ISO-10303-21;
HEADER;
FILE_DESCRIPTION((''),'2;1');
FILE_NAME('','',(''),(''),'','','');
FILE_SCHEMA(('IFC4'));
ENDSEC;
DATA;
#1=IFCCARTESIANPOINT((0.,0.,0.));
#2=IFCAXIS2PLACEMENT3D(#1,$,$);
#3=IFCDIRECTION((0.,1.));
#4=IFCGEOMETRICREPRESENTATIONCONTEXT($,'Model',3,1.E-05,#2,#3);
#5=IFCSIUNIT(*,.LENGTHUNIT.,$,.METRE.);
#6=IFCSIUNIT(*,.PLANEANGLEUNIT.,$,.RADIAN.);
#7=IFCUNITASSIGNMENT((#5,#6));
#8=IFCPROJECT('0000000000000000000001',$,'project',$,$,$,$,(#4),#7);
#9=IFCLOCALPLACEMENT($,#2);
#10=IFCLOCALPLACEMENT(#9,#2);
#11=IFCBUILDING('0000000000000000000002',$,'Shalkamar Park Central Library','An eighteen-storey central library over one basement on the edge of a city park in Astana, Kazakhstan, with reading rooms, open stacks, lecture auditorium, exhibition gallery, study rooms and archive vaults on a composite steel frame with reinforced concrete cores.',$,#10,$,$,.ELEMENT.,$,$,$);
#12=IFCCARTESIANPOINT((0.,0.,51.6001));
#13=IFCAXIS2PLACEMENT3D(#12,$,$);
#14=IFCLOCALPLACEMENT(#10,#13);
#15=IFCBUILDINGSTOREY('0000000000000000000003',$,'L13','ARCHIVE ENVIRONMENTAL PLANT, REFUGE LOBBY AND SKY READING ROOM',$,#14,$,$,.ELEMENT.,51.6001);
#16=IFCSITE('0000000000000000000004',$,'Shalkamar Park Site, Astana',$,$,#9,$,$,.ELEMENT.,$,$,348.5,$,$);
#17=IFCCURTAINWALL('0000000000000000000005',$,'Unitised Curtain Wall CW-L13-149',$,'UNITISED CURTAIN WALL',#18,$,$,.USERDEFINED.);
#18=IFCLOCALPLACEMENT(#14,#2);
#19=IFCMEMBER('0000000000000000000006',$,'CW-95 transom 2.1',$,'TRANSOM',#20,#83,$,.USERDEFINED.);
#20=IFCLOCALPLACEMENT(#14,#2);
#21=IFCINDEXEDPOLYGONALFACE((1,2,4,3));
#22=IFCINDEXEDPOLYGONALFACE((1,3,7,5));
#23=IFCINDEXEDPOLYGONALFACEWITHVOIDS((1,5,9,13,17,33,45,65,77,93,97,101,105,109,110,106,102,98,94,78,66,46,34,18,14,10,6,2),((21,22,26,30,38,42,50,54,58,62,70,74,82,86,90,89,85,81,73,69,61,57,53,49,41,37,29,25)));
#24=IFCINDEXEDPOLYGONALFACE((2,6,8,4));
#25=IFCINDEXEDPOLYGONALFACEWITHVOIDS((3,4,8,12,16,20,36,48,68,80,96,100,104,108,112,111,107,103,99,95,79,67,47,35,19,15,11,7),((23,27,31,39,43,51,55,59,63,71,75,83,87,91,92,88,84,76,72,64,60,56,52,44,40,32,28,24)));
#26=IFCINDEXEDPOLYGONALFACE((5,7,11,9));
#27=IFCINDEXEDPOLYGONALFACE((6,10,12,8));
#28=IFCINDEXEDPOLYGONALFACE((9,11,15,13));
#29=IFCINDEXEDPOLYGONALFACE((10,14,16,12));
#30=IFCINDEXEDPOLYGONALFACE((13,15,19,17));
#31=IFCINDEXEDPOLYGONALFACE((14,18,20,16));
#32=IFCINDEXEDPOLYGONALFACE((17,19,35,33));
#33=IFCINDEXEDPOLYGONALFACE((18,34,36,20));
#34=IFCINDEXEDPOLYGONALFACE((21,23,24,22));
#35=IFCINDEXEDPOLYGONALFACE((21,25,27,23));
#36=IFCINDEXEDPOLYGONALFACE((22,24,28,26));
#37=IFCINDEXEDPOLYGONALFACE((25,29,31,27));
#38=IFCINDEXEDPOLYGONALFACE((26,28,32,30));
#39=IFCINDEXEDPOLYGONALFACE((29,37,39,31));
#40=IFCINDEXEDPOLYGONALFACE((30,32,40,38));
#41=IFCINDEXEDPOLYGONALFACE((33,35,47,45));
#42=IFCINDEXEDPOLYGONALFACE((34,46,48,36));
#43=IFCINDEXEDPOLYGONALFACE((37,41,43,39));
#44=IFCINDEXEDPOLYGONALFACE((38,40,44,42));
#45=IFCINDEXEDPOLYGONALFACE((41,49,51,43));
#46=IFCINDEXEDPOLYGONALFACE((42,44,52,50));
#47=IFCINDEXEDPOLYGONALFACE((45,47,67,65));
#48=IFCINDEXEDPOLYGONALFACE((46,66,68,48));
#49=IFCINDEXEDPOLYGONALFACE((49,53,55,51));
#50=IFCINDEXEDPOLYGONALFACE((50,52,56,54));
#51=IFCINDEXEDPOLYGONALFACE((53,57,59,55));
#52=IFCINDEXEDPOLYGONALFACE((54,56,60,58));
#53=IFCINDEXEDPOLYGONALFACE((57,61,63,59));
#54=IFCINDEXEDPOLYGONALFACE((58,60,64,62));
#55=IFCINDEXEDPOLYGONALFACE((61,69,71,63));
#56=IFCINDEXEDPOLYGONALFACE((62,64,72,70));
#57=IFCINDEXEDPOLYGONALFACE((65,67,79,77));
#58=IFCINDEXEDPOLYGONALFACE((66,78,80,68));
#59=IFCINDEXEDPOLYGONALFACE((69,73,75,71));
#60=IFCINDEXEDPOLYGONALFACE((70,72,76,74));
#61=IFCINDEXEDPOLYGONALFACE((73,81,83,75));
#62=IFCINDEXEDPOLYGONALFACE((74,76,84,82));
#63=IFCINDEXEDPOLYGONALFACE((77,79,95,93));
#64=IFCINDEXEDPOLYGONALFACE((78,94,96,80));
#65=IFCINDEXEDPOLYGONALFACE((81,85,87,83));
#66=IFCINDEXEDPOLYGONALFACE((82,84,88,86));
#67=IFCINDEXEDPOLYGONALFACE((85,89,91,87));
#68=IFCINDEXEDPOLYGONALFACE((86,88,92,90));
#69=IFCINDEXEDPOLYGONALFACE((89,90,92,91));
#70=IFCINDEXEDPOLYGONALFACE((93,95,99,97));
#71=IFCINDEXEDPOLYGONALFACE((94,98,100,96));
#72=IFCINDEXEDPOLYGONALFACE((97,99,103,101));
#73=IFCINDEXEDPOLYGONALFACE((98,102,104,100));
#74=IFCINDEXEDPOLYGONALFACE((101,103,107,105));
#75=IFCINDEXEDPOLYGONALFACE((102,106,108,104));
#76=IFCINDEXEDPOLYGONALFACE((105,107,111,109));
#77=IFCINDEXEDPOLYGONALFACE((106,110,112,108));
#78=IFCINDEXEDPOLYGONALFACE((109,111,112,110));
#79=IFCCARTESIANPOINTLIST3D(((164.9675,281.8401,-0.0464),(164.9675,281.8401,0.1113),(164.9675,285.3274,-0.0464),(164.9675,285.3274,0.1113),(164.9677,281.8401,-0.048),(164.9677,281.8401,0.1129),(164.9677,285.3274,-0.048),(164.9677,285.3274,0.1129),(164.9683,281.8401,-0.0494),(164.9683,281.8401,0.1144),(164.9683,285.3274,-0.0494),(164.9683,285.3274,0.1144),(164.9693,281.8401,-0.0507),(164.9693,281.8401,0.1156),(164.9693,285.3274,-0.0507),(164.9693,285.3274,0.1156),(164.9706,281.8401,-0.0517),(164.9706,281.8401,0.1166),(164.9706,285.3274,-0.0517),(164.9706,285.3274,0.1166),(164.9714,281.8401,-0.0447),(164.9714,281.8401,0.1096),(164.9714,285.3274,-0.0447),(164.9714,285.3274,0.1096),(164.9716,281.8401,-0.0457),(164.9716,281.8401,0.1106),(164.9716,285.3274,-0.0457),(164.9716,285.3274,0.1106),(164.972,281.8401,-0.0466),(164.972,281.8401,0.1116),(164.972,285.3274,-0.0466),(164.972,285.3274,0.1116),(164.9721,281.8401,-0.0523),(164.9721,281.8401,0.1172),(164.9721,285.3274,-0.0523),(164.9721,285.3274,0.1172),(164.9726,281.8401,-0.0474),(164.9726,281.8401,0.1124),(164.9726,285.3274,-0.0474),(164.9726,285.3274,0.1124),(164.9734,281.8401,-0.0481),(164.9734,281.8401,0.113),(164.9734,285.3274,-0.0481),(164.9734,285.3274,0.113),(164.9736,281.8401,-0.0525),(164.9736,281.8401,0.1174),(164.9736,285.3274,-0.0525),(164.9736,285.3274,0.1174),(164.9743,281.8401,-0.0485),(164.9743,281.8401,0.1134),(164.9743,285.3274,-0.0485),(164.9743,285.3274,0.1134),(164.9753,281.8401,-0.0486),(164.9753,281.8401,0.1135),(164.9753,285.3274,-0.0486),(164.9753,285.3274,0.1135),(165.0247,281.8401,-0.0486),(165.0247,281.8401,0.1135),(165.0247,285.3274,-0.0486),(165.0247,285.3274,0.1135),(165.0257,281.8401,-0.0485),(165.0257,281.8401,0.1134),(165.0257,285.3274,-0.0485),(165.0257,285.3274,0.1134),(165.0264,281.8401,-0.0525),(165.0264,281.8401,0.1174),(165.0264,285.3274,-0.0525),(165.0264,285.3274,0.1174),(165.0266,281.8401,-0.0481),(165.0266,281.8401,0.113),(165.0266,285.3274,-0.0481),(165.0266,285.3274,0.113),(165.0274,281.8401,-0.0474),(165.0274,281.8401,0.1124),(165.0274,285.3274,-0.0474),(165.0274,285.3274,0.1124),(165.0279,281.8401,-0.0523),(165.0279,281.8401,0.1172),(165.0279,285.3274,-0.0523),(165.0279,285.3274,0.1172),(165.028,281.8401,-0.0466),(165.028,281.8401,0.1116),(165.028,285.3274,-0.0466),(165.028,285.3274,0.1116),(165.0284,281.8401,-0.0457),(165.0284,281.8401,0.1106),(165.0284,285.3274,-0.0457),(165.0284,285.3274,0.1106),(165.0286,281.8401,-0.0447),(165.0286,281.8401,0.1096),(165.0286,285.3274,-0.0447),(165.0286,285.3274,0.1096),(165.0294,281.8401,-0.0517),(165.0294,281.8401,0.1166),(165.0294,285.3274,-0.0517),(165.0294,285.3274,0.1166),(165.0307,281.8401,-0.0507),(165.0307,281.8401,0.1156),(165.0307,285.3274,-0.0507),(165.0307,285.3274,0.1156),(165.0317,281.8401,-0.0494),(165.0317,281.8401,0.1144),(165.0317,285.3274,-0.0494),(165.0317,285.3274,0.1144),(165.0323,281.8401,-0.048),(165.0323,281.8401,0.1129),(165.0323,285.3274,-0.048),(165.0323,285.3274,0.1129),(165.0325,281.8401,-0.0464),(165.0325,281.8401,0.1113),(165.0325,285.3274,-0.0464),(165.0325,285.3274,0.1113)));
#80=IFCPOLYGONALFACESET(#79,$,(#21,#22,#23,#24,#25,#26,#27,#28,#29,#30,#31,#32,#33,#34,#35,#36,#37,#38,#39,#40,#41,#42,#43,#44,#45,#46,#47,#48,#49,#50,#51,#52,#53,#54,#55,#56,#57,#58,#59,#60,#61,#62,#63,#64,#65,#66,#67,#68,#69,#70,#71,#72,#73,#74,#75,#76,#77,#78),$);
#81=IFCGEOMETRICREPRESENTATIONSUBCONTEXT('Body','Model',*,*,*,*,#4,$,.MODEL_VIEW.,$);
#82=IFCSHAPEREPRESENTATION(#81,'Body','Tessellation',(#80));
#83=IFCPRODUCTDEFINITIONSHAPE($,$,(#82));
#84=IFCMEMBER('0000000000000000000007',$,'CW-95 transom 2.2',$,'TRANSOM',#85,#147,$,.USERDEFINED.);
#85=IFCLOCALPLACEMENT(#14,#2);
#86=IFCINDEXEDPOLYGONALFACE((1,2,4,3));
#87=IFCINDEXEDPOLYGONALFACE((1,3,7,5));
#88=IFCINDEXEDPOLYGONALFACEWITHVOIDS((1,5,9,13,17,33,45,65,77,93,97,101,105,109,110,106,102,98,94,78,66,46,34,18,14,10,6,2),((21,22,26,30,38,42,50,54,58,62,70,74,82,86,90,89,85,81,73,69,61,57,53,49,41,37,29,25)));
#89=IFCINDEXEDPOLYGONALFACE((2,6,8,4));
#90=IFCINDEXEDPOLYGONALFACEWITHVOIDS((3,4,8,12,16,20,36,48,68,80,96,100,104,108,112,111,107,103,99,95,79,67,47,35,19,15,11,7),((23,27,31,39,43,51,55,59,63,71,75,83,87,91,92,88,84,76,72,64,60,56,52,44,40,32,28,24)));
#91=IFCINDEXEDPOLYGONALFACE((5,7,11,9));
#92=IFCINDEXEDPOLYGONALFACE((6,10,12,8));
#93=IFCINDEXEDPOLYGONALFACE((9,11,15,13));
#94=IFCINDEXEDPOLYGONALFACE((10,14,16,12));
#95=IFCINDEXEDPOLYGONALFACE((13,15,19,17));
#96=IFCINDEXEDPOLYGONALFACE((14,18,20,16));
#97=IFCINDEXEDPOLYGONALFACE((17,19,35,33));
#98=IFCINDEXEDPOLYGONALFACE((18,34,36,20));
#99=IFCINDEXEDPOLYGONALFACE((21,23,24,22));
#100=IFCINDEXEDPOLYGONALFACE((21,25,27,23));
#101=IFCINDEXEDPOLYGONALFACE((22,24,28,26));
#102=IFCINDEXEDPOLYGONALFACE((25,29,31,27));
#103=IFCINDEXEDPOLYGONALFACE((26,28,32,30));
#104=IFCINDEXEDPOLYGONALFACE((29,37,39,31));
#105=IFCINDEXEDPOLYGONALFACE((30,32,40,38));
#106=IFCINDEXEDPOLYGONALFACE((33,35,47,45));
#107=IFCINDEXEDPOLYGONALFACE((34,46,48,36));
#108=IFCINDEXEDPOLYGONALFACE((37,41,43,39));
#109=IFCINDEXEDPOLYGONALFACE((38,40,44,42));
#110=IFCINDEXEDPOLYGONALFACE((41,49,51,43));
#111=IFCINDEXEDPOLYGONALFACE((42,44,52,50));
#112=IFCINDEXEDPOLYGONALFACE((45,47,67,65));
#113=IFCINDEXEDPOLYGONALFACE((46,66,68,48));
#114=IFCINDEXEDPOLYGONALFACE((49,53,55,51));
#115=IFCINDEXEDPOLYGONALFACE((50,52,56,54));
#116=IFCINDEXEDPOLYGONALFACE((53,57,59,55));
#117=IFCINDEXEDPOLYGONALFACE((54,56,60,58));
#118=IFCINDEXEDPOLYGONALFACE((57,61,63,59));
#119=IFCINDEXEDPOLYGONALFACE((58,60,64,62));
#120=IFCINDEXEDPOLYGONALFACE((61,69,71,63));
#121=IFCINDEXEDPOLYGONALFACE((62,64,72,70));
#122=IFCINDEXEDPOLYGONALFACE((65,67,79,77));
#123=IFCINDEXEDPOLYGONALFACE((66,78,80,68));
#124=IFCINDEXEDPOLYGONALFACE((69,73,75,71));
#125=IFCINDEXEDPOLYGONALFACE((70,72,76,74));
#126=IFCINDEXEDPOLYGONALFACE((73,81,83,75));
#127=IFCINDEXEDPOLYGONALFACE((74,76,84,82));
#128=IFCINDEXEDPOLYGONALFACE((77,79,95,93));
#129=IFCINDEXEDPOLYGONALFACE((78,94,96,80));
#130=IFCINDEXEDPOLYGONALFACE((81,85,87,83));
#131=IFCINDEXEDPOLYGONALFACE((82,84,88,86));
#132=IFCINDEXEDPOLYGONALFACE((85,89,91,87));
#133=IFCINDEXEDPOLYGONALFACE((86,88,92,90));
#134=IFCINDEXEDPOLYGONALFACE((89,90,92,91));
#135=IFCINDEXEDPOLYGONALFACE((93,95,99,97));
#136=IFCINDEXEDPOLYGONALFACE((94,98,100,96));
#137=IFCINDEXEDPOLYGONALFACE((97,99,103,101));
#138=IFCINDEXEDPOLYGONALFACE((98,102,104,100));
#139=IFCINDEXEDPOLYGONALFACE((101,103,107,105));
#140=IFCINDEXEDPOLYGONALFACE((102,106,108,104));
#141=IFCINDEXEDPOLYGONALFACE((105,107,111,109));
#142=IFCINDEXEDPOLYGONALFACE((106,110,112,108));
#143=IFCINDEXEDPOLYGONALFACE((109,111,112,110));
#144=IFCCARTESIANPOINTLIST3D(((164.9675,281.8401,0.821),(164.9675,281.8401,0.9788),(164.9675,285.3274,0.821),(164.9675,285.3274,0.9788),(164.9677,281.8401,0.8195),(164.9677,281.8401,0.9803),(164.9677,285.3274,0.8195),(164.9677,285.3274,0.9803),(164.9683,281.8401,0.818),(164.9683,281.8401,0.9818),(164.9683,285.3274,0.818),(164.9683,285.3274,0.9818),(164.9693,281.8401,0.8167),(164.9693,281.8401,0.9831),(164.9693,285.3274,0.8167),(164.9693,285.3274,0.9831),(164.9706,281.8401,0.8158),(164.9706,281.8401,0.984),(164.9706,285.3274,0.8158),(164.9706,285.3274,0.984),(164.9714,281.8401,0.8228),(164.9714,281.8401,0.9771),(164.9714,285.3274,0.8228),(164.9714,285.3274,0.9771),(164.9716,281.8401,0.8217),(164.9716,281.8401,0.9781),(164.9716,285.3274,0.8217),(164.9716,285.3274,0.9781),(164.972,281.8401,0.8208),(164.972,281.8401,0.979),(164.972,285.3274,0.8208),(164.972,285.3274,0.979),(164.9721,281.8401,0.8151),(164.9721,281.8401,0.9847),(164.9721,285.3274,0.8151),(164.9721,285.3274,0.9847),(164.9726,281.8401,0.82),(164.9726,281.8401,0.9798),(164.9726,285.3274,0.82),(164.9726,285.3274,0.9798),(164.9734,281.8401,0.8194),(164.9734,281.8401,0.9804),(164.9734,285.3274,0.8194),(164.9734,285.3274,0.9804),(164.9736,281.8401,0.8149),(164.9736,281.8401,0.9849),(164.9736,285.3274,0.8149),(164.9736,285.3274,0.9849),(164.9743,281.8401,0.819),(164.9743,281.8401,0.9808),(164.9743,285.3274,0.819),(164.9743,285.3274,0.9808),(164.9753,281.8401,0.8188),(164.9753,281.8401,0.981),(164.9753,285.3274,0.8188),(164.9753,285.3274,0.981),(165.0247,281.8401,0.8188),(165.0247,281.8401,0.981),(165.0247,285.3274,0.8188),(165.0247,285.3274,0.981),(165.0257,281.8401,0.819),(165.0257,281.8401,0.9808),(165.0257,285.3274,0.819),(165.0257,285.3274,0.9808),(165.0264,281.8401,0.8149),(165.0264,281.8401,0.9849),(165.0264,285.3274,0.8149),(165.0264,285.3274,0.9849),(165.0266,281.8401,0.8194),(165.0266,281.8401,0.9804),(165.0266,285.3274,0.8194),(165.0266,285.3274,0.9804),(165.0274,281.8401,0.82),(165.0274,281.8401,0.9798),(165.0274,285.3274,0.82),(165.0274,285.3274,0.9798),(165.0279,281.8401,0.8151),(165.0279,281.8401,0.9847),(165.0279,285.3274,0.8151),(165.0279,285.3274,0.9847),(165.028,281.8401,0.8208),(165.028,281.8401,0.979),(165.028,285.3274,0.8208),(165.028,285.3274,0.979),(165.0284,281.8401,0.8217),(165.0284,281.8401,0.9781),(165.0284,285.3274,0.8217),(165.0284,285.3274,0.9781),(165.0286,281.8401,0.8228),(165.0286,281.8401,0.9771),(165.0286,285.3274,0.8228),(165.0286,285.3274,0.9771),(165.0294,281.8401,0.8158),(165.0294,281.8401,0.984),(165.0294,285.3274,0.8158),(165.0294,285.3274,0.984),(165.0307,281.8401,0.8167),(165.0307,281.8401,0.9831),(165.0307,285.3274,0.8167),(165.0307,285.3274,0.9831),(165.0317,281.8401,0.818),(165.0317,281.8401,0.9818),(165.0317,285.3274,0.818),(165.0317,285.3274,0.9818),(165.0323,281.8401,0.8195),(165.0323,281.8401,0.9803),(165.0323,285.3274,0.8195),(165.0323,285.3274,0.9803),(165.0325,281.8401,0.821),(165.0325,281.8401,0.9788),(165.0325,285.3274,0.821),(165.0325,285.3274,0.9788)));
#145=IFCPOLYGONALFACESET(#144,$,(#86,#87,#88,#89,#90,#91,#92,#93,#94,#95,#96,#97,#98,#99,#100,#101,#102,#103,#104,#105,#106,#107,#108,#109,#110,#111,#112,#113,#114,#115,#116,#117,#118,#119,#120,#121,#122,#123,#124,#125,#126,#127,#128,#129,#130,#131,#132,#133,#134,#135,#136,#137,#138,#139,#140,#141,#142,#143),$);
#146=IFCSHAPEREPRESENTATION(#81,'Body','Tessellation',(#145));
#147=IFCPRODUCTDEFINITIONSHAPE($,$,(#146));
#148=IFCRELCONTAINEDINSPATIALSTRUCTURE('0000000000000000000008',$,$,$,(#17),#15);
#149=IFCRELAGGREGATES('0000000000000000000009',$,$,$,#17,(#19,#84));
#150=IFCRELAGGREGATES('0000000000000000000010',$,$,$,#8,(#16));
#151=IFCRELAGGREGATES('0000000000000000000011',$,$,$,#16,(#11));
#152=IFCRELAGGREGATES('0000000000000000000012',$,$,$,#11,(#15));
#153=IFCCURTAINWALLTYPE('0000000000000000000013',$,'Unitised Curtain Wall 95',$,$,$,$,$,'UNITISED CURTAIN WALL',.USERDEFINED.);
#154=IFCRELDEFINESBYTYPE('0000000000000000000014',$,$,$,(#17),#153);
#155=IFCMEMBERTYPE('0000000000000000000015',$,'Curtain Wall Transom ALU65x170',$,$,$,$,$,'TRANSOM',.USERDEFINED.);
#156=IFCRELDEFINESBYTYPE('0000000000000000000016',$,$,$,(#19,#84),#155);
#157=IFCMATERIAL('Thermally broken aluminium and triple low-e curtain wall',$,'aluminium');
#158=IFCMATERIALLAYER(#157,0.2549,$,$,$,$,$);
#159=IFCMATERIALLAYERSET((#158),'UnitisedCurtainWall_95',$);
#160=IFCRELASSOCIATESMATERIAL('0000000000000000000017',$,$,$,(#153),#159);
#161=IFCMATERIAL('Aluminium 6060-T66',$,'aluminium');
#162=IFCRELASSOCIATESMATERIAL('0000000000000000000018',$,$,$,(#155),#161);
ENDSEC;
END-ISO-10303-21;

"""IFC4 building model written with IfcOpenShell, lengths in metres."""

from ifc_helpers import new_model, si_unit, direction, frame, origin, origin_2d, place, context, subcontext, project, spatial, hollow_rectangle, extrude, material, layer, layer_set, material_profile, profile_set, type_object, element, aggregate, save


model = new_model("IFC4")

# Units and contexts
model_context = context("Model", 3, precision=1e-05, world=origin(), true_north=direction((0.0, 1.0)))
body_context = subcontext(model_context, "Body", "Model", "MODEL_VIEW")
ifc_project = project(units=[si_unit("LENGTHUNIT", "METRE"), si_unit("PLANEANGLEUNIT", "RADIAN")], contexts=[model_context])

# Site, building, storey
site_placement = place(None, origin())
site = spatial("IfcSite", under=ifc_project, at=site_placement, Name="Shalkamar Park Site, Astana", CompositionType="ELEMENT", RefElevation=348.5)
building_placement = place(site_placement, origin())
building = spatial("IfcBuilding", under=site, at=building_placement, Name="Shalkamar Park Central Library", Description="An eighteen-storey central library over one basement on the edge of a city park in Astana, Kazakhstan, with reading rooms, open stacks, lecture auditorium, exhibition gallery, study rooms and archive vaults on a composite steel frame with reinforced concrete cores.", CompositionType="ELEMENT")
storey_placement = place(building_placement, frame((0.0, 0.0, 51.6001)))
storey = spatial("IfcBuildingStorey", under=building, at=storey_placement, Name="L13", Description="ARCHIVE ENVIRONMENTAL PLANT, REFUGE LOBBY AND SKY READING ROOM", CompositionType="ELEMENT", Elevation=51.6001)

# Curtain wall, members
ifc_material_1 = material(Name="Thermally broken aluminium and triple low-e curtain wall", Category="aluminium")
ifc_layer_1 = layer(ifc_material_1, 0.2549)
ifc_layer_set_1 = layer_set([ifc_layer_1], Name="UnitisedCurtainWall_95")
curtain_wall_type = type_object("IfcCurtainWallType", Name="Unitised Curtain Wall 95", ElementType="UNITISED CURTAIN WALL", PredefinedType="USERDEFINED", material=ifc_layer_set_1)
curtain_wall_placement = place(storey_placement, origin())
curtain_wall = element("IfcCurtainWall", 1, at=curtain_wall_placement, inside=storey, type_object=curtain_wall_type, Name="Unitised Curtain Wall CW-L13-149", ObjectType="UNITISED CURTAIN WALL", PredefinedType="USERDEFINED")
ifc_material_2 = material(Name="Aluminium 6060-T66", Category="aluminium")
ifc_material_profile_1 = material_profile(ifc_material_2, hollow_rectangle(XDim=0.0649, YDim=0.1699, WallThickness=0.0039, InnerFilletRadius=0.0039, OuterFilletRadius=0.0061, at=origin_2d()), Name="ALU 65x170x4")
ifc_profile_set_1 = profile_set([ifc_material_profile_1], Name="Aluminium 6060-T66")
member_type_1 = type_object("IfcMemberType", Name="Curtain Wall Transom ALU65x170", ElementType="TRANSOM", PredefinedType="USERDEFINED", material=ifc_profile_set_1)
member_1_placement = place(storey_placement, frame((165.0, 281.8401, 0.0325), z_axis=(0.0, 1.0, 0.0), x_axis=(-1.0, 0.0, 0.0)))
member_1 = element("IfcMember", 2, at=member_1_placement, type_object=member_type_1, Name="CW-95 transom 2.1", ObjectType="TRANSOM", PredefinedType="USERDEFINED", context=body_context, shape_type="SweptSolid", body=[
    extrude(hollow_rectangle(XDim=0.0649, YDim=0.1699, WallThickness=0.0039, InnerFilletRadius=0.0039, OuterFilletRadius=0.0061, at=origin_2d()), origin(), (0.0, 0.0, 1.0), 3.4873),
])
member_2_placement = place(storey_placement, frame((165.0, 281.8401, 0.8999), z_axis=(0.0, 1.0, 0.0), x_axis=(-1.0, 0.0, 0.0)))
member_2 = element("IfcMember", 3, at=member_2_placement, type_object=member_type_1, Name="CW-95 transom 2.2", ObjectType="TRANSOM", PredefinedType="USERDEFINED", context=body_context, shape_type="SweptSolid", body=[
    extrude(hollow_rectangle(XDim=0.0649, YDim=0.1699, WallThickness=0.0039, InnerFilletRadius=0.0039, OuterFilletRadius=0.0061, at=origin_2d()), origin(), (0.0, 0.0, 1.0), 3.4873),
])

aggregate(curtain_wall, [member_1, member_2])

save(model, "model.ifc")
